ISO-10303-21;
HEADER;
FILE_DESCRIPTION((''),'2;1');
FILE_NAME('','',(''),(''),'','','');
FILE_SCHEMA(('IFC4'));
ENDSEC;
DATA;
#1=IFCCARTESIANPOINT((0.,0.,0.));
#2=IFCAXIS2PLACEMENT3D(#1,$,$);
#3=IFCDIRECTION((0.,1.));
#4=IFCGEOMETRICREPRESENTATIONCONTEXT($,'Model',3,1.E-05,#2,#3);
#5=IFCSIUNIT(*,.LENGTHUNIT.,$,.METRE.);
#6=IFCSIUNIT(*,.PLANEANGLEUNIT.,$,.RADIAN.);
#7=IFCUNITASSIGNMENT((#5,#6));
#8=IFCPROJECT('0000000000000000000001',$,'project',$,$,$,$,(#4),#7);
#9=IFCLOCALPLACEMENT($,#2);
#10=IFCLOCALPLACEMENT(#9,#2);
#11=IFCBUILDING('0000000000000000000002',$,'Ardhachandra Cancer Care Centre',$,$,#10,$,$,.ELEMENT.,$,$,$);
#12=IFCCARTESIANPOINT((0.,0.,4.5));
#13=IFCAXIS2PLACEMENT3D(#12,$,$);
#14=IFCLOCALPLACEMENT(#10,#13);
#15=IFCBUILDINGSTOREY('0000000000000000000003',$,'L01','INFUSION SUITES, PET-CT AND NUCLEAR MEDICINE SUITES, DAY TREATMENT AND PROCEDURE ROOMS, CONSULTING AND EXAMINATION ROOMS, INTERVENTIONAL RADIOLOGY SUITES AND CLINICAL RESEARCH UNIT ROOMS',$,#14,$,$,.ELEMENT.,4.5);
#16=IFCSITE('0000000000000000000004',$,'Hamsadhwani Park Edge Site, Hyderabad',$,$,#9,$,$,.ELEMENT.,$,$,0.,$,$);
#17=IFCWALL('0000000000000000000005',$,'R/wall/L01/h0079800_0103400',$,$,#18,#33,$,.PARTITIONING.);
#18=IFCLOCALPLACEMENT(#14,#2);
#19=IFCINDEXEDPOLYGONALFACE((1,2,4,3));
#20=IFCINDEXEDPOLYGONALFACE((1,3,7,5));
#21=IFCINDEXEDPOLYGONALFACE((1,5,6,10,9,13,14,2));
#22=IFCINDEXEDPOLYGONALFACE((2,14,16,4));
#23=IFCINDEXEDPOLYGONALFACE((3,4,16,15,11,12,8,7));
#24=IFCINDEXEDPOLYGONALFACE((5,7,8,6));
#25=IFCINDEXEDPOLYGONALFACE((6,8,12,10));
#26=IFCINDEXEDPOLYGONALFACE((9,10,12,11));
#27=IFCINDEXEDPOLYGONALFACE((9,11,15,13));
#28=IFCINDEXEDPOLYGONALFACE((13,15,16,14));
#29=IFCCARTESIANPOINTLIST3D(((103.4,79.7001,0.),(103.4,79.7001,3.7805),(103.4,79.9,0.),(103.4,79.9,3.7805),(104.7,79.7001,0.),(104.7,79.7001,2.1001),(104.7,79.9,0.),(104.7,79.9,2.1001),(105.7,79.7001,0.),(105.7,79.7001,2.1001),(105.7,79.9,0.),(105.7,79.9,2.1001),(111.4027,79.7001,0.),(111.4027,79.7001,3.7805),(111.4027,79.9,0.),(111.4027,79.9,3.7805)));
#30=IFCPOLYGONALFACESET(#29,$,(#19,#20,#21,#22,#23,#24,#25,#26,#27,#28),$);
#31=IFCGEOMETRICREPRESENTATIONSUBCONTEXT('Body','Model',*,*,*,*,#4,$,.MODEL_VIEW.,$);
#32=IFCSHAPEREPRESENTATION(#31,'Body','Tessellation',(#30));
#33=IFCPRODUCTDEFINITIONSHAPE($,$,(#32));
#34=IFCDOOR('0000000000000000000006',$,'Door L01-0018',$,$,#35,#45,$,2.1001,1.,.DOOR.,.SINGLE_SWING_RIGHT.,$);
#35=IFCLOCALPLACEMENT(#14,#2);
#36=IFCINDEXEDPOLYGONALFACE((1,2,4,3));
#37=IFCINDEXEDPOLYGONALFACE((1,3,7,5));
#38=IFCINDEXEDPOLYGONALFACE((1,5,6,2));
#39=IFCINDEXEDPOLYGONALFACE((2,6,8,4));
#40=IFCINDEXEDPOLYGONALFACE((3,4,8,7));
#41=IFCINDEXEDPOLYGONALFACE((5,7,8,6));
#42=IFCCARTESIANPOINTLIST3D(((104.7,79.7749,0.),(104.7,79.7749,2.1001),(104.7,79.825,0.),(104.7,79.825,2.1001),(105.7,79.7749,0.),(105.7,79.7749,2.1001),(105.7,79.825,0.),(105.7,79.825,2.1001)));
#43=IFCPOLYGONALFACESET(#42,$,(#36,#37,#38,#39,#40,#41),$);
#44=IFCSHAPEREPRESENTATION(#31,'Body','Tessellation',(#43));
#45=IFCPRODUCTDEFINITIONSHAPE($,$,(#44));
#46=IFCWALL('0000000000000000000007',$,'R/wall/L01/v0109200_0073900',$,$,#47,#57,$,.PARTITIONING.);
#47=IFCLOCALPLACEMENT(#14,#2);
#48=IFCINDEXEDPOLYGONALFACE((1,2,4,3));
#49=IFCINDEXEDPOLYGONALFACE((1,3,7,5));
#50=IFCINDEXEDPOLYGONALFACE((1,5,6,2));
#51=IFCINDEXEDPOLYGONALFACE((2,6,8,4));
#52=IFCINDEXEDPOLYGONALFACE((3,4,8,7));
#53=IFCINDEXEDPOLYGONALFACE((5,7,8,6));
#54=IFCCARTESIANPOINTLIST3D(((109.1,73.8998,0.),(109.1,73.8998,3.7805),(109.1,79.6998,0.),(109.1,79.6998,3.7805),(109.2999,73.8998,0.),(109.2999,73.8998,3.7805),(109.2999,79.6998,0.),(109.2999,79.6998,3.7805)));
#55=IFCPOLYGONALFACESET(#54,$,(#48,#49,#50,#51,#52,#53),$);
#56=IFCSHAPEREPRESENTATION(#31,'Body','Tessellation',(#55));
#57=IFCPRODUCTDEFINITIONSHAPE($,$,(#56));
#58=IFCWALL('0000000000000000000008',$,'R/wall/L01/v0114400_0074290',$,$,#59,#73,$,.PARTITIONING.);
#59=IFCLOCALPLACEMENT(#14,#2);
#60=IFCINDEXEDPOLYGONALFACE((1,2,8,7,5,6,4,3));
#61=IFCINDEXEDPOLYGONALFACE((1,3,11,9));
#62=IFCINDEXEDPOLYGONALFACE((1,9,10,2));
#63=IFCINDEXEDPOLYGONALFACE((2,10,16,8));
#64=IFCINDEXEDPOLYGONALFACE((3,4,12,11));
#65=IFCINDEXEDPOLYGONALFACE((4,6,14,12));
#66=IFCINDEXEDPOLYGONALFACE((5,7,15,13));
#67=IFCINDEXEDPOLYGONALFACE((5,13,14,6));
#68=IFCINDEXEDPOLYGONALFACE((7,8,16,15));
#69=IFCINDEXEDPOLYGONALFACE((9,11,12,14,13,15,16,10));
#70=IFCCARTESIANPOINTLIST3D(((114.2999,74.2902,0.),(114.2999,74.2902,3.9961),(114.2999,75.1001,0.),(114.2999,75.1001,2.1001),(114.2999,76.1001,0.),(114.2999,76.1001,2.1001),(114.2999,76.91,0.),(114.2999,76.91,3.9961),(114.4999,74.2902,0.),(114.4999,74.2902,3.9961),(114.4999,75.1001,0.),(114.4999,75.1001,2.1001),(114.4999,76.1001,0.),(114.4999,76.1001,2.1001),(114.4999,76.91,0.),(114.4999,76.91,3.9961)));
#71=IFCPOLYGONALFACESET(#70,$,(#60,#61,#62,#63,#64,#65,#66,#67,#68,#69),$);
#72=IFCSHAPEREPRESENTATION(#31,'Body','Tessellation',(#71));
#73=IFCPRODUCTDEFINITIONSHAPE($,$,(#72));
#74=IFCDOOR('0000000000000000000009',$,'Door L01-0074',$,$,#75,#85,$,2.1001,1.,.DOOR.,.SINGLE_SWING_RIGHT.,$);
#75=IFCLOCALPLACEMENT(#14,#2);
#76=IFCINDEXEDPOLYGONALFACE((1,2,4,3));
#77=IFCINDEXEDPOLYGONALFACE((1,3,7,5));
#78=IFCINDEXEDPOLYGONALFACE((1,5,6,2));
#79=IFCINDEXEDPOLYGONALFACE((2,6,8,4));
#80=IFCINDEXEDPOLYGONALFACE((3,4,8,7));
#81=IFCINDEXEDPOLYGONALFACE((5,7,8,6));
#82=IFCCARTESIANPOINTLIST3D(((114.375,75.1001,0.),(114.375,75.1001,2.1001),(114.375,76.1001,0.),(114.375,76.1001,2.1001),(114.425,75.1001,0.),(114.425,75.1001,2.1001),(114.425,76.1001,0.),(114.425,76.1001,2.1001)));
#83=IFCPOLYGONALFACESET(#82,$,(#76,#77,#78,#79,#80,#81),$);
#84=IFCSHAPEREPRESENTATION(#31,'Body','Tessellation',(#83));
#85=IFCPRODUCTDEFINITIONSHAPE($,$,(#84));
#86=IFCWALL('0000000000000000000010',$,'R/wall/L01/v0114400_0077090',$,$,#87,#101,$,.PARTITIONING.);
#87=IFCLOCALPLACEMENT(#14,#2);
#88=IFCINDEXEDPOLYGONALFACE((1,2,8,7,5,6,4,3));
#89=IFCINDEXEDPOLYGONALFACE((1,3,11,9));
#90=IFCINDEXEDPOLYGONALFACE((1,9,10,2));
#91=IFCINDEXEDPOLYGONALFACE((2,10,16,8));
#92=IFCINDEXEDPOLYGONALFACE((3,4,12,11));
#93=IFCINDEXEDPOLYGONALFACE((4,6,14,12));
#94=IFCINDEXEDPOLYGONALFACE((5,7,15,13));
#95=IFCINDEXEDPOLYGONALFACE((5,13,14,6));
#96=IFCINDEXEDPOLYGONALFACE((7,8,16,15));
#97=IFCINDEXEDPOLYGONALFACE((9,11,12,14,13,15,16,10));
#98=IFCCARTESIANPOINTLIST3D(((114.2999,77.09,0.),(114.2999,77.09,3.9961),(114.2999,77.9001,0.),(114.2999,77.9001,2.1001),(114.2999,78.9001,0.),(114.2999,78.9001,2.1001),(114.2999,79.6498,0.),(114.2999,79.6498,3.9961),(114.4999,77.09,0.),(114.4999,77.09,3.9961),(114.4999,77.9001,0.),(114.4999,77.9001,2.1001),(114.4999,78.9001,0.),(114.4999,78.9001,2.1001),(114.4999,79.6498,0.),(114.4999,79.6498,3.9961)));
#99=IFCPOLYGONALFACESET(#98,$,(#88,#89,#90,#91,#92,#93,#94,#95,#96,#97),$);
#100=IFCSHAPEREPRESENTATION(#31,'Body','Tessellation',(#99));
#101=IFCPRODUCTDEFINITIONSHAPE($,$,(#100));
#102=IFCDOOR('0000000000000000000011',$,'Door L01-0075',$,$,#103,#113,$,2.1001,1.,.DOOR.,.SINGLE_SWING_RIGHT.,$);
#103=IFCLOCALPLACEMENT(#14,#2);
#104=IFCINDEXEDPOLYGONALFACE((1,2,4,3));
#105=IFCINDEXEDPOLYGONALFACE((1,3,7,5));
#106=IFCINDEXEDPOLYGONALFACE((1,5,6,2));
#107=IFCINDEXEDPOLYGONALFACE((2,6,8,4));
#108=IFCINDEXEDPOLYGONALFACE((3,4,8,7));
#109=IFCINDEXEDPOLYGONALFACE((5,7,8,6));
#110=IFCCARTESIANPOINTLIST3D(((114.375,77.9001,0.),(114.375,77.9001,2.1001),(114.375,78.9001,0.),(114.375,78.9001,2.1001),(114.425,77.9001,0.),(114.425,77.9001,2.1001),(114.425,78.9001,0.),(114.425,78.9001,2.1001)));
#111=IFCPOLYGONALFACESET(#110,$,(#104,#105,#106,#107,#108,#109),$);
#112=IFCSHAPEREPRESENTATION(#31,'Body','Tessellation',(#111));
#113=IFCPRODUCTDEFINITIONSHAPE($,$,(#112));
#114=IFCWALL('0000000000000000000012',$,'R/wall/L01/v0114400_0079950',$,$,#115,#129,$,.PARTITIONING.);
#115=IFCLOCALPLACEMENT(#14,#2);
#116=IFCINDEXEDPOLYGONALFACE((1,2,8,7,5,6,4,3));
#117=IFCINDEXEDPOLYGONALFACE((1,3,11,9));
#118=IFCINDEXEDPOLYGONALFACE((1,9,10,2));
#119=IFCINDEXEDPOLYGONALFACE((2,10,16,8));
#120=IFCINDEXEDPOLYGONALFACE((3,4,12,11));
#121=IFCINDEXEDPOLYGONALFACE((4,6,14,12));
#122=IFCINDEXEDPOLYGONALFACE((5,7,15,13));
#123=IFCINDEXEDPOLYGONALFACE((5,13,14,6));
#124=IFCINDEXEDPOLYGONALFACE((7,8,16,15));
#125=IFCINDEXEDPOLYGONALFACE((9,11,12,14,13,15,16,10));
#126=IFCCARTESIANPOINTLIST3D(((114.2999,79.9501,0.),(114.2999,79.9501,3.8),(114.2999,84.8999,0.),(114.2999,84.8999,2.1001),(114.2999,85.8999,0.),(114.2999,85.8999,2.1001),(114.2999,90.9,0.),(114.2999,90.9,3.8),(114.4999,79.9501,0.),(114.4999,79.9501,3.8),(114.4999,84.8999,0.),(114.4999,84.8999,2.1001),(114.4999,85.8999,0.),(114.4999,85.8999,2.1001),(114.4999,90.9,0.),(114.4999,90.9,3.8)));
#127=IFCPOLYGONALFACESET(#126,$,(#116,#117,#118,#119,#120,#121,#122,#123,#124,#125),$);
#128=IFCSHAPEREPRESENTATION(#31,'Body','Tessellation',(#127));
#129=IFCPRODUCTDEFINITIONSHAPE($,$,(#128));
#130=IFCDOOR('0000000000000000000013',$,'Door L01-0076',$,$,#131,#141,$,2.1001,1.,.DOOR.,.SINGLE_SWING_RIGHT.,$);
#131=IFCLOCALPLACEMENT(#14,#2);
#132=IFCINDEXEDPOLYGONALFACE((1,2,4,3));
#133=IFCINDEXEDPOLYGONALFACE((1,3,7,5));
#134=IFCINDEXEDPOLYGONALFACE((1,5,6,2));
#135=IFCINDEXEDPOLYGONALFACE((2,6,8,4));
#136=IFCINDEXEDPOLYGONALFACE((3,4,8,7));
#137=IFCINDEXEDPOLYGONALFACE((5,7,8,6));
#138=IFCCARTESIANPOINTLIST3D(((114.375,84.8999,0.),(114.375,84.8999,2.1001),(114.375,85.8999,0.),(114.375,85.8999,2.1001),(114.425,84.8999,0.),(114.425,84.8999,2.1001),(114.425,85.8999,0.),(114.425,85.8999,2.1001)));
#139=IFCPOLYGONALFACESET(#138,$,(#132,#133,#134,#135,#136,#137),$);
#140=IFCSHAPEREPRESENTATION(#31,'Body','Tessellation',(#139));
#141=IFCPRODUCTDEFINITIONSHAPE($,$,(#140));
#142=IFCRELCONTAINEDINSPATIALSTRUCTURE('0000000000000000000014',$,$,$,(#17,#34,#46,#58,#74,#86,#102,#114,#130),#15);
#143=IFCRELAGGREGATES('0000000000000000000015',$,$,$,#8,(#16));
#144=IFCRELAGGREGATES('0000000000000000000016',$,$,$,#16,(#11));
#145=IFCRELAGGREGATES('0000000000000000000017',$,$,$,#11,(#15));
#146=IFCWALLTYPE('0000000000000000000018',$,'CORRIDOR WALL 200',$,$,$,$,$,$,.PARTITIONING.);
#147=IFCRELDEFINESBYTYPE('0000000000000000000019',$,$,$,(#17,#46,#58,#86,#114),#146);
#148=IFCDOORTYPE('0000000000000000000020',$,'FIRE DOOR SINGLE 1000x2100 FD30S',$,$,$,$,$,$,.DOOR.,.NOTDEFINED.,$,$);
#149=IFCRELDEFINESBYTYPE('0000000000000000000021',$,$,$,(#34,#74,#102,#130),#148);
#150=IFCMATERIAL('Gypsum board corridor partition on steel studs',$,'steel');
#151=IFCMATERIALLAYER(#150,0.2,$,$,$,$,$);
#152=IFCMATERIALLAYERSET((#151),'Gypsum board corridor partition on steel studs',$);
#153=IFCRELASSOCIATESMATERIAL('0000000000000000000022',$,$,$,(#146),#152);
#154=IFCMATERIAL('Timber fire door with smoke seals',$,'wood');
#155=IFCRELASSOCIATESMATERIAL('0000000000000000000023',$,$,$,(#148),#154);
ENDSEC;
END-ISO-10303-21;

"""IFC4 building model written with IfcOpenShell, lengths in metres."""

from ifc_helpers import new_model, si_unit, direction, frame, frame_2d, origin, place, context, subcontext, project, spatial, rectangle, extrude, material, layer, layer_set, type_object, element, fill, save


model = new_model("IFC4")

# Units and contexts
model_context = context("Model", 3, precision=1e-05, world=origin(), true_north=direction((0.0, 1.0)))
body_context = subcontext(model_context, "Body", "Model", "MODEL_VIEW")
ifc_project = project(units=[si_unit("LENGTHUNIT", "METRE"), si_unit("PLANEANGLEUNIT", "RADIAN")], contexts=[model_context])

# Site, building, storey
site_placement = place(None, origin())
site = spatial("IfcSite", under=ifc_project, at=site_placement, Name="Hamsadhwani Park Edge Site, Hyderabad", CompositionType="ELEMENT", RefElevation=0.0)
building_placement = place(site_placement, origin())
building = spatial("IfcBuilding", under=site, at=building_placement, Name="Ardhachandra Cancer Care Centre", CompositionType="ELEMENT")
storey_placement = place(building_placement, frame((0.0, 0.0, 4.5)))
storey = spatial("IfcBuildingStorey", under=building, at=storey_placement, Name="L01", Description="INFUSION SUITES, PET-CT AND NUCLEAR MEDICINE SUITES, DAY TREATMENT AND PROCEDURE ROOMS, CONSULTING AND EXAMINATION ROOMS, INTERVENTIONAL RADIOLOGY SUITES AND CLINICAL RESEARCH UNIT ROOMS", CompositionType="ELEMENT", Elevation=4.5)

# Wall, opening, door
ifc_material_1 = material(Name="Gypsum board corridor partition on steel studs", Category="steel")
ifc_layer_1 = layer(ifc_material_1, 0.2)
ifc_layer_set_1 = layer_set([ifc_layer_1], Name="Gypsum board corridor partition on steel studs")
wall_type_1 = type_object("IfcWallType", Name="CORRIDOR WALL 200", PredefinedType="PARTITIONING", material=ifc_layer_set_1)
wall_1_placement = place(storey_placement, frame((103.3999, 79.8, 0.0), z_axis=(0.0, 0.0, 1.0), x_axis=(1.0, 0.0, 0.0)))
wall_1 = element("IfcWall", 1, at=wall_1_placement, inside=storey, type_object=wall_type_1, Name="R/wall/L01/h0079800_0103400", PredefinedType="PARTITIONING", context=body_context, shape_type="SweptSolid", body=[
    extrude(rectangle(XDim=8.0027, YDim=0.2, at=frame_2d((4.0015, 0.0))), origin(), (0.0, 0.0, 1.0), 3.7805),
])
opening_1_placement = place(wall_1_placement, frame((1.3, 0.0, 0.0)))
opening_1 = element("IfcOpeningElement", 2, at=opening_1_placement, cuts=wall_1, PredefinedType="OPENING", context=body_context, shape_type="SweptSolid", body=[
    extrude(rectangle(XDim=1.0, YDim=2.1001, at=frame_2d((0.5, 1.05))), frame((0.0, 0.1099, 0.0), z_axis=(0.0, -1.0, 0.0), x_axis=(1.0, 0.0, 0.0)), (0.0, 0.0, 1.0), 0.22),
])
ifc_material_2 = material(Name="Timber fire door with smoke seals", Category="wood")
door_type_1 = type_object("IfcDoorType", Name="FIRE DOOR SINGLE 1000x2100 FD30S", OperationType="NOTDEFINED", PredefinedType="DOOR", material=ifc_material_2)
door_1_placement = place(opening_1_placement, origin())
door_1 = element("IfcDoor", 3, at=door_1_placement, inside=storey, type_object=door_type_1, Name="Door L01-0018", OperationType="SINGLE_SWING_RIGHT", OverallHeight=2.1001, OverallWidth=1.0, PredefinedType="DOOR", context=body_context, shape_type="SweptSolid", body=[
    extrude(rectangle(XDim=1.0, YDim=2.1001, at=frame_2d((0.5, 1.05))), frame((0.0, 0.0249, 0.0), z_axis=(0.0, -1.0, 0.0), x_axis=(1.0, 0.0, 0.0)), (0.0, 0.0, 1.0), 0.05),
])
fill(opening_1, door_1)

# Wall
wall_2_placement = place(storey_placement, frame((109.2, 73.8999, 0.0), z_axis=(0.0, 0.0, 1.0), x_axis=(0.0, 1.0, 0.0)))
element("IfcWall", 4, at=wall_2_placement, inside=storey, type_object=wall_type_1, Name="R/wall/L01/v0109200_0073900", PredefinedType="PARTITIONING", context=body_context, shape_type="SweptSolid", body=[
    extrude(rectangle(XDim=5.8, YDim=0.2, at=frame_2d((2.8999, 0.0))), origin(), (0.0, 0.0, 1.0), 3.7805),
])

# Walls, openings, doors
wall_3_placement = place(storey_placement, frame((114.3999, 74.29, 0.0), z_axis=(0.0, 0.0, 1.0), x_axis=(0.0, 1.0, 0.0)))
wall_3 = element("IfcWall", 5, at=wall_3_placement, inside=storey, type_object=wall_type_1, Name="R/wall/L01/v0114400_0074290", PredefinedType="PARTITIONING", context=body_context, shape_type="SweptSolid", body=[
    extrude(rectangle(XDim=2.6199, YDim=0.2, at=frame_2d((1.3101, 0.0))), origin(), (0.0, 0.0, 1.0), 3.9961),
])
opening_2_placement = place(wall_3_placement, frame((0.8101, 0.0, 0.0)))
opening_2 = element("IfcOpeningElement", 6, at=opening_2_placement, cuts=wall_3, PredefinedType="OPENING", context=body_context, shape_type="SweptSolid", body=[
    extrude(rectangle(XDim=1.0, YDim=2.1001, at=frame_2d((0.5, 1.05))), frame((0.0, 0.1099, 0.0), z_axis=(0.0, -1.0, 0.0), x_axis=(1.0, 0.0, 0.0)), (0.0, 0.0, 1.0), 0.22),
])
door_2_placement = place(opening_2_placement, origin())
door_2 = element("IfcDoor", 7, at=door_2_placement, inside=storey, type_object=door_type_1, Name="Door L01-0074", OperationType="SINGLE_SWING_RIGHT", OverallHeight=2.1001, OverallWidth=1.0, PredefinedType="DOOR", context=body_context, shape_type="SweptSolid", body=[
    extrude(rectangle(XDim=1.0, YDim=2.1001, at=frame_2d((0.5, 1.05))), frame((0.0, 0.0249, 0.0), z_axis=(0.0, -1.0, 0.0), x_axis=(1.0, 0.0, 0.0)), (0.0, 0.0, 1.0), 0.05),
])
fill(opening_2, door_2)
wall_4_placement = place(storey_placement, frame((114.3999, 77.0901, 0.0), z_axis=(0.0, 0.0, 1.0), x_axis=(0.0, 1.0, 0.0)))
wall_4 = element("IfcWall", 8, at=wall_4_placement, inside=storey, type_object=wall_type_1, Name="R/wall/L01/v0114400_0077090", PredefinedType="PARTITIONING", context=body_context, shape_type="SweptSolid", body=[
    extrude(rectangle(XDim=2.5598, YDim=0.2, at=frame_2d((1.2798, 0.0))), origin(), (0.0, 0.0, 1.0), 3.9961),
])
opening_3_placement = place(wall_4_placement, frame((0.8101, 0.0, 0.0)))
opening_3 = element("IfcOpeningElement", 9, at=opening_3_placement, cuts=wall_4, PredefinedType="OPENING", context=body_context, shape_type="SweptSolid", body=[
    extrude(rectangle(XDim=1.0, YDim=2.1001, at=frame_2d((0.5, 1.05))), frame((0.0, 0.1099, 0.0), z_axis=(0.0, -1.0, 0.0), x_axis=(1.0, 0.0, 0.0)), (0.0, 0.0, 1.0), 0.22),
])
door_3_placement = place(opening_3_placement, origin())
door_3 = element("IfcDoor", 10, at=door_3_placement, inside=storey, type_object=door_type_1, Name="Door L01-0075", OperationType="SINGLE_SWING_RIGHT", OverallHeight=2.1001, OverallWidth=1.0, PredefinedType="DOOR", context=body_context, shape_type="SweptSolid", body=[
    extrude(rectangle(XDim=1.0, YDim=2.1001, at=frame_2d((0.5, 1.05))), frame((0.0, 0.0249, 0.0), z_axis=(0.0, -1.0, 0.0), x_axis=(1.0, 0.0, 0.0)), (0.0, 0.0, 1.0), 0.05),
])
fill(opening_3, door_3)
wall_5_placement = place(storey_placement, frame((114.3999, 79.95, 0.0), z_axis=(0.0, 0.0, 1.0), x_axis=(0.0, 1.0, 0.0)))
wall_5 = element("IfcWall", 11, at=wall_5_placement, inside=storey, type_object=wall_type_1, Name="R/wall/L01/v0114400_0079950", PredefinedType="PARTITIONING", context=body_context, shape_type="SweptSolid", body=[
    extrude(rectangle(XDim=10.95, YDim=0.2, at=frame_2d((5.4751, 0.0))), origin(), (0.0, 0.0, 1.0), 3.8),
])
opening_4_placement = place(wall_5_placement, frame((4.95, 0.0, 0.0)))
opening_4 = element("IfcOpeningElement", 12, at=opening_4_placement, cuts=wall_5, PredefinedType="OPENING", context=body_context, shape_type="SweptSolid", body=[
    extrude(rectangle(XDim=1.0, YDim=2.1001, at=frame_2d((0.5, 1.05))), frame((0.0, 0.1099, 0.0), z_axis=(0.0, -1.0, 0.0), x_axis=(1.0, 0.0, 0.0)), (0.0, 0.0, 1.0), 0.22),
])
door_4_placement = place(opening_4_placement, origin())
door_4 = element("IfcDoor", 13, at=door_4_placement, inside=storey, type_object=door_type_1, Name="Door L01-0076", OperationType="SINGLE_SWING_RIGHT", OverallHeight=2.1001, OverallWidth=1.0, PredefinedType="DOOR", context=body_context, shape_type="SweptSolid", body=[
    extrude(rectangle(XDim=1.0, YDim=2.1001, at=frame_2d((0.5, 1.05))), frame((0.0, 0.0249, 0.0), z_axis=(0.0, -1.0, 0.0), x_axis=(1.0, 0.0, 0.0)), (0.0, 0.0, 1.0), 0.05),
])
fill(opening_4, door_4)

save(model, "model.ifc")
